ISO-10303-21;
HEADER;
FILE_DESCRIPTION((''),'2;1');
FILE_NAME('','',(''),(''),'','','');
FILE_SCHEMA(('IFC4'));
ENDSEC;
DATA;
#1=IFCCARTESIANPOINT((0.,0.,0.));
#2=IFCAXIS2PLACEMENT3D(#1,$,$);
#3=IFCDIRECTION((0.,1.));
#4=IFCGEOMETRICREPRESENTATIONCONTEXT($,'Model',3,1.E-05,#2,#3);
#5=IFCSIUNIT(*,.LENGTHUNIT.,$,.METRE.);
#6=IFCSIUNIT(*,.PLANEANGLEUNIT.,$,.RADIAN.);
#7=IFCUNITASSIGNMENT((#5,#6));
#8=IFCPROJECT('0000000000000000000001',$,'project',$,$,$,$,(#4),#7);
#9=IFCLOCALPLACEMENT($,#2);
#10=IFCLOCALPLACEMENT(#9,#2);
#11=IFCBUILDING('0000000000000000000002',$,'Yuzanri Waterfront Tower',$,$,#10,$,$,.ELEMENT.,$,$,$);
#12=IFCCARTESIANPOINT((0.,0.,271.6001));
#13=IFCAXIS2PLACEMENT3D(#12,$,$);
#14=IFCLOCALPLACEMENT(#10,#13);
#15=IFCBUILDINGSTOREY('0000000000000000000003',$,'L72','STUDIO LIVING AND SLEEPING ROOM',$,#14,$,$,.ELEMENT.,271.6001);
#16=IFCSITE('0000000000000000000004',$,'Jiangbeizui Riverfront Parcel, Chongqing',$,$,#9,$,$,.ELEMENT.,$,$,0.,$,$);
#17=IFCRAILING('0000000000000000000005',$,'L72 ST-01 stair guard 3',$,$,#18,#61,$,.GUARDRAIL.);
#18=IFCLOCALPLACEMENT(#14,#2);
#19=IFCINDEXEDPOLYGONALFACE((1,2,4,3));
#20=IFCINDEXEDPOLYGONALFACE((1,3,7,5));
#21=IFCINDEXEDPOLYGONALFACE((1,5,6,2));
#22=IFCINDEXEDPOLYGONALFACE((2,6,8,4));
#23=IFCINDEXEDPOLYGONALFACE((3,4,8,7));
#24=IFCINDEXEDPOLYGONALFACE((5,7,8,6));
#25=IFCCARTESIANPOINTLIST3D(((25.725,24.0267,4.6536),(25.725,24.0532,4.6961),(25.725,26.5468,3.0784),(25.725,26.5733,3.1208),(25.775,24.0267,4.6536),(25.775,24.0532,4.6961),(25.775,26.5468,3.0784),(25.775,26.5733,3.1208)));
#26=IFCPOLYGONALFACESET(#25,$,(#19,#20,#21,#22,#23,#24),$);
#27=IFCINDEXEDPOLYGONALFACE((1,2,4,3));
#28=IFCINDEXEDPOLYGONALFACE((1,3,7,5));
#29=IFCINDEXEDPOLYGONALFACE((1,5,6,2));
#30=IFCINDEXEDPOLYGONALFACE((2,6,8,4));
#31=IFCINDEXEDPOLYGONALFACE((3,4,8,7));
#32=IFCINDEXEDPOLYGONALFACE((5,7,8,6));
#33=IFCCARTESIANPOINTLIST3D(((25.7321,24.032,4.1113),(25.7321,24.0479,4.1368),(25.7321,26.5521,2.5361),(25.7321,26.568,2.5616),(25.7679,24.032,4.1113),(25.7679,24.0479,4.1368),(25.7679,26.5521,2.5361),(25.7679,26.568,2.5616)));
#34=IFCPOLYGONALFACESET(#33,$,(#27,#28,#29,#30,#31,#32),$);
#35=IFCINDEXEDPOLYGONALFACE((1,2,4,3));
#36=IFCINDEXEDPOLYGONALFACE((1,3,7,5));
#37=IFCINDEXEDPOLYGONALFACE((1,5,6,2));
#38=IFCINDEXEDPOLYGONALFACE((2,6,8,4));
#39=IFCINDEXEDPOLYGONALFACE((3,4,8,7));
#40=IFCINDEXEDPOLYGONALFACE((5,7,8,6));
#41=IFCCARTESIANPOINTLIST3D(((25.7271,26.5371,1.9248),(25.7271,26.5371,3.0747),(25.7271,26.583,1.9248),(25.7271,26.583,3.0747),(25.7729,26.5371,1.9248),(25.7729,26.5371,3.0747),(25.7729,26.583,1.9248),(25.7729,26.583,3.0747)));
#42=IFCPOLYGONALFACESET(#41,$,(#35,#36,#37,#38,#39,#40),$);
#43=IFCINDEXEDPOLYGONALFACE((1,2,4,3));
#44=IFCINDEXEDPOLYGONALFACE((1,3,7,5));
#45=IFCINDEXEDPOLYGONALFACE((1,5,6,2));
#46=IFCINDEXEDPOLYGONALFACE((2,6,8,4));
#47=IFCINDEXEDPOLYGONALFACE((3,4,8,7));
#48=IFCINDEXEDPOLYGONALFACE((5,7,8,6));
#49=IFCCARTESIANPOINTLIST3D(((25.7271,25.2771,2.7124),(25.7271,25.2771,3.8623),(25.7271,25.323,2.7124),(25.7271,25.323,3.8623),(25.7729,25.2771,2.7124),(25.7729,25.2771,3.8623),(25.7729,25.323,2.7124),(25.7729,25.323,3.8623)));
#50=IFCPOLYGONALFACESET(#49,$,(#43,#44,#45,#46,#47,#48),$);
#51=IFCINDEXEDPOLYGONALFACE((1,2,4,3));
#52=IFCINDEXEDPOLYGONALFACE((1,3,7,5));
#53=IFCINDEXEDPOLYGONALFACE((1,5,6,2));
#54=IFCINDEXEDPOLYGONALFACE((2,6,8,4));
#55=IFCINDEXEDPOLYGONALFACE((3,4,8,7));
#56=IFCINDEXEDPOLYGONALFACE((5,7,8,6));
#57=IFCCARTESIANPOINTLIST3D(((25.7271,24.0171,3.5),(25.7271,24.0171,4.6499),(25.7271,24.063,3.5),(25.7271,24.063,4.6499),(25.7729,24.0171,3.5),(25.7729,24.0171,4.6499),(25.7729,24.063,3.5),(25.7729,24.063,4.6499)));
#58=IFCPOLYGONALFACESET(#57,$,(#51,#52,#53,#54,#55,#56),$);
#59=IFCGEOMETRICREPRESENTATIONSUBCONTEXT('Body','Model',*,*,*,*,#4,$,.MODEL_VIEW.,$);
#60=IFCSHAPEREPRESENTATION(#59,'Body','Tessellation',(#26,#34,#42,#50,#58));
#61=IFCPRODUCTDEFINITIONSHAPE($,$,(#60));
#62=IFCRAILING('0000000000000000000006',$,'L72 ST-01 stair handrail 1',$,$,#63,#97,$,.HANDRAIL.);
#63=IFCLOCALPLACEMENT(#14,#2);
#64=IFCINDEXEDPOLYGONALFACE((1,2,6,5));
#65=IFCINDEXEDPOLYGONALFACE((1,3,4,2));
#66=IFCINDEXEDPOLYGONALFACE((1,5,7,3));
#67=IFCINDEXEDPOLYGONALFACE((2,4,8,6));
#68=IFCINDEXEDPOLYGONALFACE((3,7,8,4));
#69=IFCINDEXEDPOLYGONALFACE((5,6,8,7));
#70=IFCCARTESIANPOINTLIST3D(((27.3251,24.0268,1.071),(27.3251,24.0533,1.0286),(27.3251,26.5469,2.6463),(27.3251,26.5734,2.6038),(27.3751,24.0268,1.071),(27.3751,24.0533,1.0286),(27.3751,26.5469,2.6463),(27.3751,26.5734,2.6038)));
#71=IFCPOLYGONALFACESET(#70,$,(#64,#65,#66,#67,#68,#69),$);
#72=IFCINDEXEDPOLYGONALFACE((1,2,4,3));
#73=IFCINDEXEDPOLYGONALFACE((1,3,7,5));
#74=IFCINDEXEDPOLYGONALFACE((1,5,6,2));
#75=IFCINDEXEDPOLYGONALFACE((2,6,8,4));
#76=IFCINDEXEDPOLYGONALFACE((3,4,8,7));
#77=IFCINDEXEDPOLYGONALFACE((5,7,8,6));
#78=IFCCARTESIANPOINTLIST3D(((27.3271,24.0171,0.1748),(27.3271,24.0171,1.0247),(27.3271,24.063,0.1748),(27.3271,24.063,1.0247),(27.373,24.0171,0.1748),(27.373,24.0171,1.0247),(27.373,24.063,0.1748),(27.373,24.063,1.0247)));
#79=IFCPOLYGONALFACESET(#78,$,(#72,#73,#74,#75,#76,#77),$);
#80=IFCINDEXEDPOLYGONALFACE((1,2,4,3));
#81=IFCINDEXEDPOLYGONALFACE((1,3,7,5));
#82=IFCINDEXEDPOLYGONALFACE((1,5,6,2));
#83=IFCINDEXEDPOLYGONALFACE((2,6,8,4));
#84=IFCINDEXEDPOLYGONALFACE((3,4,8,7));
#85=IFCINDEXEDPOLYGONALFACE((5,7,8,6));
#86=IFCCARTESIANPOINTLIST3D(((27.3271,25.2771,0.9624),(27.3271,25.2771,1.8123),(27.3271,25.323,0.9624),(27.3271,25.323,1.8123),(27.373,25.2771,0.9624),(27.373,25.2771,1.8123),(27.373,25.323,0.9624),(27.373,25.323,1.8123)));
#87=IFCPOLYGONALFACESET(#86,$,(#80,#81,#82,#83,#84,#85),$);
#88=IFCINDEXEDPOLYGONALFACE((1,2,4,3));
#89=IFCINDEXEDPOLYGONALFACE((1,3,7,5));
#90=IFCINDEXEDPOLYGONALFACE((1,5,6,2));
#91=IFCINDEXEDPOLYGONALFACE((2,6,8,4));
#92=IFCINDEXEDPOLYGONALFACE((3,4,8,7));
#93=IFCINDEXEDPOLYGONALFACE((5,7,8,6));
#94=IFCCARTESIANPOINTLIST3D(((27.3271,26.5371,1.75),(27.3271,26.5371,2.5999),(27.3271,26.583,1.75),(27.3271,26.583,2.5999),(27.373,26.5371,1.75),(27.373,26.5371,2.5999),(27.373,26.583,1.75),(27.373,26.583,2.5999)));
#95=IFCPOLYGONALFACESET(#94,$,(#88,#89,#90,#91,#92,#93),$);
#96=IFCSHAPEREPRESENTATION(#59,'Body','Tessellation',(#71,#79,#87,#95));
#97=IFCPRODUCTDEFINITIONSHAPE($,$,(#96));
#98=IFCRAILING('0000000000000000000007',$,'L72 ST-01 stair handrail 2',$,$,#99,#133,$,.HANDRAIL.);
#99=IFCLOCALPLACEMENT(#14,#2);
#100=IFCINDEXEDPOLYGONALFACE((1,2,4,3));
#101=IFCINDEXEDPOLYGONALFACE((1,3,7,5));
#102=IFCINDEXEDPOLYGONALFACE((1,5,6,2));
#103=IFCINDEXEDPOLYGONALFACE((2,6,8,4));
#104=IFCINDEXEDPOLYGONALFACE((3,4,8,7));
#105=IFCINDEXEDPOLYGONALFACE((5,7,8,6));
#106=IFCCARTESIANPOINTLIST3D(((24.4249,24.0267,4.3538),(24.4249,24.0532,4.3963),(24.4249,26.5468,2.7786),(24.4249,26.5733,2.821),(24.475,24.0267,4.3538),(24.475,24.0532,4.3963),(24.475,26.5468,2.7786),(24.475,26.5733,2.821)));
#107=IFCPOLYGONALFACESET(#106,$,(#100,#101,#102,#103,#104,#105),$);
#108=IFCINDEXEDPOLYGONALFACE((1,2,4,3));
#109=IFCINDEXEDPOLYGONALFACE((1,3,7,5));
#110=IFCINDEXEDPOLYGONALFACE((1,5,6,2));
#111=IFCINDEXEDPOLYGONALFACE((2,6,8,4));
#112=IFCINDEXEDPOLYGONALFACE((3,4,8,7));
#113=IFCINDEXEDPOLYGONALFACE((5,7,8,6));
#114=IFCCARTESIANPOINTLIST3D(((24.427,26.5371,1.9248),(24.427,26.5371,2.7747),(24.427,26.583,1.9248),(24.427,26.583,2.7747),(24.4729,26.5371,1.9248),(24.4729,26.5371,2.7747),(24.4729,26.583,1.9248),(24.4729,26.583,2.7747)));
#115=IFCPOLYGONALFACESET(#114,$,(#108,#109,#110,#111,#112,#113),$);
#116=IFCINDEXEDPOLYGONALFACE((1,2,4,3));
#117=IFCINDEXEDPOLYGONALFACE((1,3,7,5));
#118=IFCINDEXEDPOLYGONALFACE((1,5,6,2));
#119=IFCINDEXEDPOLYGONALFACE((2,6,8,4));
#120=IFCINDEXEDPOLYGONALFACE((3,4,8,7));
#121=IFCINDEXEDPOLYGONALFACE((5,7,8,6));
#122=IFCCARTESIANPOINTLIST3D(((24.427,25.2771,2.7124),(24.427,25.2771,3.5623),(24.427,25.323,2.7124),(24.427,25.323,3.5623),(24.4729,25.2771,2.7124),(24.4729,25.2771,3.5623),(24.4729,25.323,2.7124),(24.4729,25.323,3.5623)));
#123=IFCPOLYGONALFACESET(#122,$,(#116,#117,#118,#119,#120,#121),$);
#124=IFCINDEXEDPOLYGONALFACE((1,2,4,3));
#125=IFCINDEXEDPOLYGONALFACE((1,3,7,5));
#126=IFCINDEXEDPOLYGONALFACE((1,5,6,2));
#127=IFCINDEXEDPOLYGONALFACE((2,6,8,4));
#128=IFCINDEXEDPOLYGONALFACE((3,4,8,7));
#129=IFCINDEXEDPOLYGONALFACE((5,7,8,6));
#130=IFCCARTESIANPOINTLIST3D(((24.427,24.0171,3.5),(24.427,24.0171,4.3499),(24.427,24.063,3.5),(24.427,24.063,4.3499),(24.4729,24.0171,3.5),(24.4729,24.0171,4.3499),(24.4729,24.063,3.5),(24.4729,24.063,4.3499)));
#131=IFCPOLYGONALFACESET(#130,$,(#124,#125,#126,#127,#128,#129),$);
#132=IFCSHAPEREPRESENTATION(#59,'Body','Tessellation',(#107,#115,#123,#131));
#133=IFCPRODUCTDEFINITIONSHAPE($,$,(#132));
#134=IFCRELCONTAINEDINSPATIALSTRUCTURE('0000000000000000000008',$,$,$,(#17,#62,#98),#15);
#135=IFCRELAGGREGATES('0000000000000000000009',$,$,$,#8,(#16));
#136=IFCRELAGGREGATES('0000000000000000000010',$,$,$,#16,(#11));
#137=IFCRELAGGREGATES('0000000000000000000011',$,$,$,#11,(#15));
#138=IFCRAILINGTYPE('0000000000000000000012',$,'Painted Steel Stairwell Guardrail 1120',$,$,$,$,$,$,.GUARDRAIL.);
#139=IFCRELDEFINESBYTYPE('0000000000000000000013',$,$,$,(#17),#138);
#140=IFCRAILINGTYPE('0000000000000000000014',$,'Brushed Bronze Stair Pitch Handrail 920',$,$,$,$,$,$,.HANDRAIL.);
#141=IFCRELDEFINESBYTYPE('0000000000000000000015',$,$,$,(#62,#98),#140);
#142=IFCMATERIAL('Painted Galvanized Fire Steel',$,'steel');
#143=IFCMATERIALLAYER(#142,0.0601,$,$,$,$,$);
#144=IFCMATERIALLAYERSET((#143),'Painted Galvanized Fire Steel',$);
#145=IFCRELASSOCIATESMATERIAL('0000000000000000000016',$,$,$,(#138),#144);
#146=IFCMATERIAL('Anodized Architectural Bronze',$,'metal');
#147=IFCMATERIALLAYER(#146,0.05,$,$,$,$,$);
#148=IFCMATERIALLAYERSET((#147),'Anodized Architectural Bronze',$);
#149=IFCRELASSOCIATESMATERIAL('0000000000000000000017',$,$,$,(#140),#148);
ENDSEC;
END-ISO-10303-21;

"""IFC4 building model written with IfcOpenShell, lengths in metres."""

from ifc_helpers import new_model, si_unit, direction, frame, origin, origin_2d, place, context, subcontext, project, spatial, rectangle, extrude, source, transform, mapped, material, layer, layer_set, type_object, element, save


model = new_model("IFC4")

# Units and contexts
model_context = context("Model", 3, precision=1e-05, world=origin(), true_north=direction((0.0, 1.0)))
body_context = subcontext(model_context, "Body", "Model", "MODEL_VIEW")
ifc_project = project(units=[si_unit("LENGTHUNIT", "METRE"), si_unit("PLANEANGLEUNIT", "RADIAN")], contexts=[model_context])

# Site, building, storey
site_placement = place(None, origin())
site = spatial("IfcSite", under=ifc_project, at=site_placement, Name="Jiangbeizui Riverfront Parcel, Chongqing", CompositionType="ELEMENT", RefElevation=0.0)
building_placement = place(site_placement, origin())
building = spatial("IfcBuilding", under=site, at=building_placement, Name="Yuzanri Waterfront Tower", CompositionType="ELEMENT")
storey_placement = place(building_placement, frame((0.0, 0.0, 271.6001)))
storey = spatial("IfcBuildingStorey", under=building, at=storey_placement, Name="L72", Description="STUDIO LIVING AND SLEEPING ROOM", CompositionType="ELEMENT", Elevation=271.6001)

# Railings
ifc_material_1 = material(Name="Painted Galvanized Fire Steel", Category="steel")
ifc_layer_1 = layer(ifc_material_1, 0.0601)
ifc_layer_set_1 = layer_set([ifc_layer_1], Name="Painted Galvanized Fire Steel")
railing_type_1 = type_object("IfcRailingType", Name="Painted Steel Stairwell Guardrail 1120", PredefinedType="GUARDRAIL", material=ifc_layer_set_1)
shared_shape_1 = source(origin(), body_context, "Body", "SweptSolid", [
    extrude(rectangle(XDim=0.05, YDim=0.05, at=origin_2d()), frame((0.0, 0.0, 1.1748), z_axis=(0.0, -0.847971, 0.530043), x_axis=(1.0, 0.0, 0.0)), (0.0, 0.0, 1.0), 2.9719),
    extrude(rectangle(XDim=0.0359, YDim=0.03, at=origin_2d()), frame((0.0, 0.0, 0.624), z_axis=(0.0, -0.847971, 0.530043), x_axis=(1.0, 0.0, 0.0)), (0.0, 0.0, 1.0), 2.9719),
    extrude(rectangle(XDim=0.0459, YDim=0.0459, at=origin_2d()), origin(), (0.0, 0.0, 1.0), 1.1499),
    extrude(rectangle(XDim=0.0459, YDim=0.0459, at=origin_2d()), frame((0.0, -1.26, 0.7876)), (0.0, 0.0, 1.0), 1.1499),
    extrude(rectangle(XDim=0.0459, YDim=0.0459, at=origin_2d()), frame((0.0, -2.52, 1.5752)), (0.0, 0.0, 1.0), 1.1499),
])
railing_1_placement = place(storey_placement, frame((25.75, 26.5601, 1.9248)))
element("IfcRailing", 1, at=railing_1_placement, inside=storey, type_object=railing_type_1, Name="L72 ST-01 stair guard 3", PredefinedType="GUARDRAIL", context=body_context, shape_type="MappedRepresentation", body=[
    mapped(shared_shape_1, transform((0.0, 0.0, 0.0), scale=1.0)),
])
ifc_material_2 = material(Name="Anodized Architectural Bronze", Category="metal")
ifc_layer_2 = layer(ifc_material_2, 0.05)
ifc_layer_set_2 = layer_set([ifc_layer_2], Name="Anodized Architectural Bronze")
railing_type_2 = type_object("IfcRailingType", Name="Brushed Bronze Stair Pitch Handrail 920", PredefinedType="HANDRAIL", material=ifc_layer_set_2)
shared_shape_2 = source(origin(), body_context, "Body", "SweptSolid", [
    extrude(rectangle(XDim=0.05, YDim=0.05, at=origin_2d()), frame((0.0, 0.0, 0.875), z_axis=(0.0, 0.847971, 0.530043), x_axis=(-1.0, 0.0, 0.0)), (0.0, 0.0, 1.0), 2.9719),
    extrude(rectangle(XDim=0.0459, YDim=0.0459, at=origin_2d()), origin(), (0.0, 0.0, 1.0), 0.8499),
    extrude(rectangle(XDim=0.0459, YDim=0.0459, at=origin_2d()), frame((0.0, 1.26, 0.7876)), (0.0, 0.0, 1.0), 0.8499),
    extrude(rectangle(XDim=0.0459, YDim=0.0459, at=origin_2d()), frame((0.0, 2.52, 1.5752)), (0.0, 0.0, 1.0), 0.8499),
])
railing_2_placement = place(storey_placement, frame((27.3501, 24.04, 0.1748)))
element("IfcRailing", 2, at=railing_2_placement, inside=storey, type_object=railing_type_2, Name="L72 ST-01 stair handrail 1", PredefinedType="HANDRAIL", context=body_context, shape_type="MappedRepresentation", body=[
    mapped(shared_shape_2, transform((0.0, 0.0, 0.0), scale=1.0)),
])
shared_shape_3 = source(origin(), body_context, "Body", "SweptSolid", [
    extrude(rectangle(XDim=0.05, YDim=0.05, at=origin_2d()), frame((0.0, 0.0, 0.875), z_axis=(0.0, -0.847971, 0.530043), x_axis=(1.0, 0.0, 0.0)), (0.0, 0.0, 1.0), 2.9719),
    extrude(rectangle(XDim=0.0459, YDim=0.0459, at=origin_2d()), origin(), (0.0, 0.0, 1.0), 0.8499),
    extrude(rectangle(XDim=0.0459, YDim=0.0459, at=origin_2d()), frame((0.0, -1.26, 0.7876)), (0.0, 0.0, 1.0), 0.8499),
    extrude(rectangle(XDim=0.0459, YDim=0.0459, at=origin_2d()), frame((0.0, -2.52, 1.5752)), (0.0, 0.0, 1.0), 0.8499),
])
railing_3_placement = place(storey_placement, frame((24.45, 26.5601, 1.9248)))
element("IfcRailing", 3, at=railing_3_placement, inside=storey, type_object=railing_type_2, Name="L72 ST-01 stair handrail 2", PredefinedType="HANDRAIL", context=body_context, shape_type="MappedRepresentation", body=[
    mapped(shared_shape_3, transform((0.0, 0.0, 0.0), scale=1.0)),
])

save(model, "model.ifc")
